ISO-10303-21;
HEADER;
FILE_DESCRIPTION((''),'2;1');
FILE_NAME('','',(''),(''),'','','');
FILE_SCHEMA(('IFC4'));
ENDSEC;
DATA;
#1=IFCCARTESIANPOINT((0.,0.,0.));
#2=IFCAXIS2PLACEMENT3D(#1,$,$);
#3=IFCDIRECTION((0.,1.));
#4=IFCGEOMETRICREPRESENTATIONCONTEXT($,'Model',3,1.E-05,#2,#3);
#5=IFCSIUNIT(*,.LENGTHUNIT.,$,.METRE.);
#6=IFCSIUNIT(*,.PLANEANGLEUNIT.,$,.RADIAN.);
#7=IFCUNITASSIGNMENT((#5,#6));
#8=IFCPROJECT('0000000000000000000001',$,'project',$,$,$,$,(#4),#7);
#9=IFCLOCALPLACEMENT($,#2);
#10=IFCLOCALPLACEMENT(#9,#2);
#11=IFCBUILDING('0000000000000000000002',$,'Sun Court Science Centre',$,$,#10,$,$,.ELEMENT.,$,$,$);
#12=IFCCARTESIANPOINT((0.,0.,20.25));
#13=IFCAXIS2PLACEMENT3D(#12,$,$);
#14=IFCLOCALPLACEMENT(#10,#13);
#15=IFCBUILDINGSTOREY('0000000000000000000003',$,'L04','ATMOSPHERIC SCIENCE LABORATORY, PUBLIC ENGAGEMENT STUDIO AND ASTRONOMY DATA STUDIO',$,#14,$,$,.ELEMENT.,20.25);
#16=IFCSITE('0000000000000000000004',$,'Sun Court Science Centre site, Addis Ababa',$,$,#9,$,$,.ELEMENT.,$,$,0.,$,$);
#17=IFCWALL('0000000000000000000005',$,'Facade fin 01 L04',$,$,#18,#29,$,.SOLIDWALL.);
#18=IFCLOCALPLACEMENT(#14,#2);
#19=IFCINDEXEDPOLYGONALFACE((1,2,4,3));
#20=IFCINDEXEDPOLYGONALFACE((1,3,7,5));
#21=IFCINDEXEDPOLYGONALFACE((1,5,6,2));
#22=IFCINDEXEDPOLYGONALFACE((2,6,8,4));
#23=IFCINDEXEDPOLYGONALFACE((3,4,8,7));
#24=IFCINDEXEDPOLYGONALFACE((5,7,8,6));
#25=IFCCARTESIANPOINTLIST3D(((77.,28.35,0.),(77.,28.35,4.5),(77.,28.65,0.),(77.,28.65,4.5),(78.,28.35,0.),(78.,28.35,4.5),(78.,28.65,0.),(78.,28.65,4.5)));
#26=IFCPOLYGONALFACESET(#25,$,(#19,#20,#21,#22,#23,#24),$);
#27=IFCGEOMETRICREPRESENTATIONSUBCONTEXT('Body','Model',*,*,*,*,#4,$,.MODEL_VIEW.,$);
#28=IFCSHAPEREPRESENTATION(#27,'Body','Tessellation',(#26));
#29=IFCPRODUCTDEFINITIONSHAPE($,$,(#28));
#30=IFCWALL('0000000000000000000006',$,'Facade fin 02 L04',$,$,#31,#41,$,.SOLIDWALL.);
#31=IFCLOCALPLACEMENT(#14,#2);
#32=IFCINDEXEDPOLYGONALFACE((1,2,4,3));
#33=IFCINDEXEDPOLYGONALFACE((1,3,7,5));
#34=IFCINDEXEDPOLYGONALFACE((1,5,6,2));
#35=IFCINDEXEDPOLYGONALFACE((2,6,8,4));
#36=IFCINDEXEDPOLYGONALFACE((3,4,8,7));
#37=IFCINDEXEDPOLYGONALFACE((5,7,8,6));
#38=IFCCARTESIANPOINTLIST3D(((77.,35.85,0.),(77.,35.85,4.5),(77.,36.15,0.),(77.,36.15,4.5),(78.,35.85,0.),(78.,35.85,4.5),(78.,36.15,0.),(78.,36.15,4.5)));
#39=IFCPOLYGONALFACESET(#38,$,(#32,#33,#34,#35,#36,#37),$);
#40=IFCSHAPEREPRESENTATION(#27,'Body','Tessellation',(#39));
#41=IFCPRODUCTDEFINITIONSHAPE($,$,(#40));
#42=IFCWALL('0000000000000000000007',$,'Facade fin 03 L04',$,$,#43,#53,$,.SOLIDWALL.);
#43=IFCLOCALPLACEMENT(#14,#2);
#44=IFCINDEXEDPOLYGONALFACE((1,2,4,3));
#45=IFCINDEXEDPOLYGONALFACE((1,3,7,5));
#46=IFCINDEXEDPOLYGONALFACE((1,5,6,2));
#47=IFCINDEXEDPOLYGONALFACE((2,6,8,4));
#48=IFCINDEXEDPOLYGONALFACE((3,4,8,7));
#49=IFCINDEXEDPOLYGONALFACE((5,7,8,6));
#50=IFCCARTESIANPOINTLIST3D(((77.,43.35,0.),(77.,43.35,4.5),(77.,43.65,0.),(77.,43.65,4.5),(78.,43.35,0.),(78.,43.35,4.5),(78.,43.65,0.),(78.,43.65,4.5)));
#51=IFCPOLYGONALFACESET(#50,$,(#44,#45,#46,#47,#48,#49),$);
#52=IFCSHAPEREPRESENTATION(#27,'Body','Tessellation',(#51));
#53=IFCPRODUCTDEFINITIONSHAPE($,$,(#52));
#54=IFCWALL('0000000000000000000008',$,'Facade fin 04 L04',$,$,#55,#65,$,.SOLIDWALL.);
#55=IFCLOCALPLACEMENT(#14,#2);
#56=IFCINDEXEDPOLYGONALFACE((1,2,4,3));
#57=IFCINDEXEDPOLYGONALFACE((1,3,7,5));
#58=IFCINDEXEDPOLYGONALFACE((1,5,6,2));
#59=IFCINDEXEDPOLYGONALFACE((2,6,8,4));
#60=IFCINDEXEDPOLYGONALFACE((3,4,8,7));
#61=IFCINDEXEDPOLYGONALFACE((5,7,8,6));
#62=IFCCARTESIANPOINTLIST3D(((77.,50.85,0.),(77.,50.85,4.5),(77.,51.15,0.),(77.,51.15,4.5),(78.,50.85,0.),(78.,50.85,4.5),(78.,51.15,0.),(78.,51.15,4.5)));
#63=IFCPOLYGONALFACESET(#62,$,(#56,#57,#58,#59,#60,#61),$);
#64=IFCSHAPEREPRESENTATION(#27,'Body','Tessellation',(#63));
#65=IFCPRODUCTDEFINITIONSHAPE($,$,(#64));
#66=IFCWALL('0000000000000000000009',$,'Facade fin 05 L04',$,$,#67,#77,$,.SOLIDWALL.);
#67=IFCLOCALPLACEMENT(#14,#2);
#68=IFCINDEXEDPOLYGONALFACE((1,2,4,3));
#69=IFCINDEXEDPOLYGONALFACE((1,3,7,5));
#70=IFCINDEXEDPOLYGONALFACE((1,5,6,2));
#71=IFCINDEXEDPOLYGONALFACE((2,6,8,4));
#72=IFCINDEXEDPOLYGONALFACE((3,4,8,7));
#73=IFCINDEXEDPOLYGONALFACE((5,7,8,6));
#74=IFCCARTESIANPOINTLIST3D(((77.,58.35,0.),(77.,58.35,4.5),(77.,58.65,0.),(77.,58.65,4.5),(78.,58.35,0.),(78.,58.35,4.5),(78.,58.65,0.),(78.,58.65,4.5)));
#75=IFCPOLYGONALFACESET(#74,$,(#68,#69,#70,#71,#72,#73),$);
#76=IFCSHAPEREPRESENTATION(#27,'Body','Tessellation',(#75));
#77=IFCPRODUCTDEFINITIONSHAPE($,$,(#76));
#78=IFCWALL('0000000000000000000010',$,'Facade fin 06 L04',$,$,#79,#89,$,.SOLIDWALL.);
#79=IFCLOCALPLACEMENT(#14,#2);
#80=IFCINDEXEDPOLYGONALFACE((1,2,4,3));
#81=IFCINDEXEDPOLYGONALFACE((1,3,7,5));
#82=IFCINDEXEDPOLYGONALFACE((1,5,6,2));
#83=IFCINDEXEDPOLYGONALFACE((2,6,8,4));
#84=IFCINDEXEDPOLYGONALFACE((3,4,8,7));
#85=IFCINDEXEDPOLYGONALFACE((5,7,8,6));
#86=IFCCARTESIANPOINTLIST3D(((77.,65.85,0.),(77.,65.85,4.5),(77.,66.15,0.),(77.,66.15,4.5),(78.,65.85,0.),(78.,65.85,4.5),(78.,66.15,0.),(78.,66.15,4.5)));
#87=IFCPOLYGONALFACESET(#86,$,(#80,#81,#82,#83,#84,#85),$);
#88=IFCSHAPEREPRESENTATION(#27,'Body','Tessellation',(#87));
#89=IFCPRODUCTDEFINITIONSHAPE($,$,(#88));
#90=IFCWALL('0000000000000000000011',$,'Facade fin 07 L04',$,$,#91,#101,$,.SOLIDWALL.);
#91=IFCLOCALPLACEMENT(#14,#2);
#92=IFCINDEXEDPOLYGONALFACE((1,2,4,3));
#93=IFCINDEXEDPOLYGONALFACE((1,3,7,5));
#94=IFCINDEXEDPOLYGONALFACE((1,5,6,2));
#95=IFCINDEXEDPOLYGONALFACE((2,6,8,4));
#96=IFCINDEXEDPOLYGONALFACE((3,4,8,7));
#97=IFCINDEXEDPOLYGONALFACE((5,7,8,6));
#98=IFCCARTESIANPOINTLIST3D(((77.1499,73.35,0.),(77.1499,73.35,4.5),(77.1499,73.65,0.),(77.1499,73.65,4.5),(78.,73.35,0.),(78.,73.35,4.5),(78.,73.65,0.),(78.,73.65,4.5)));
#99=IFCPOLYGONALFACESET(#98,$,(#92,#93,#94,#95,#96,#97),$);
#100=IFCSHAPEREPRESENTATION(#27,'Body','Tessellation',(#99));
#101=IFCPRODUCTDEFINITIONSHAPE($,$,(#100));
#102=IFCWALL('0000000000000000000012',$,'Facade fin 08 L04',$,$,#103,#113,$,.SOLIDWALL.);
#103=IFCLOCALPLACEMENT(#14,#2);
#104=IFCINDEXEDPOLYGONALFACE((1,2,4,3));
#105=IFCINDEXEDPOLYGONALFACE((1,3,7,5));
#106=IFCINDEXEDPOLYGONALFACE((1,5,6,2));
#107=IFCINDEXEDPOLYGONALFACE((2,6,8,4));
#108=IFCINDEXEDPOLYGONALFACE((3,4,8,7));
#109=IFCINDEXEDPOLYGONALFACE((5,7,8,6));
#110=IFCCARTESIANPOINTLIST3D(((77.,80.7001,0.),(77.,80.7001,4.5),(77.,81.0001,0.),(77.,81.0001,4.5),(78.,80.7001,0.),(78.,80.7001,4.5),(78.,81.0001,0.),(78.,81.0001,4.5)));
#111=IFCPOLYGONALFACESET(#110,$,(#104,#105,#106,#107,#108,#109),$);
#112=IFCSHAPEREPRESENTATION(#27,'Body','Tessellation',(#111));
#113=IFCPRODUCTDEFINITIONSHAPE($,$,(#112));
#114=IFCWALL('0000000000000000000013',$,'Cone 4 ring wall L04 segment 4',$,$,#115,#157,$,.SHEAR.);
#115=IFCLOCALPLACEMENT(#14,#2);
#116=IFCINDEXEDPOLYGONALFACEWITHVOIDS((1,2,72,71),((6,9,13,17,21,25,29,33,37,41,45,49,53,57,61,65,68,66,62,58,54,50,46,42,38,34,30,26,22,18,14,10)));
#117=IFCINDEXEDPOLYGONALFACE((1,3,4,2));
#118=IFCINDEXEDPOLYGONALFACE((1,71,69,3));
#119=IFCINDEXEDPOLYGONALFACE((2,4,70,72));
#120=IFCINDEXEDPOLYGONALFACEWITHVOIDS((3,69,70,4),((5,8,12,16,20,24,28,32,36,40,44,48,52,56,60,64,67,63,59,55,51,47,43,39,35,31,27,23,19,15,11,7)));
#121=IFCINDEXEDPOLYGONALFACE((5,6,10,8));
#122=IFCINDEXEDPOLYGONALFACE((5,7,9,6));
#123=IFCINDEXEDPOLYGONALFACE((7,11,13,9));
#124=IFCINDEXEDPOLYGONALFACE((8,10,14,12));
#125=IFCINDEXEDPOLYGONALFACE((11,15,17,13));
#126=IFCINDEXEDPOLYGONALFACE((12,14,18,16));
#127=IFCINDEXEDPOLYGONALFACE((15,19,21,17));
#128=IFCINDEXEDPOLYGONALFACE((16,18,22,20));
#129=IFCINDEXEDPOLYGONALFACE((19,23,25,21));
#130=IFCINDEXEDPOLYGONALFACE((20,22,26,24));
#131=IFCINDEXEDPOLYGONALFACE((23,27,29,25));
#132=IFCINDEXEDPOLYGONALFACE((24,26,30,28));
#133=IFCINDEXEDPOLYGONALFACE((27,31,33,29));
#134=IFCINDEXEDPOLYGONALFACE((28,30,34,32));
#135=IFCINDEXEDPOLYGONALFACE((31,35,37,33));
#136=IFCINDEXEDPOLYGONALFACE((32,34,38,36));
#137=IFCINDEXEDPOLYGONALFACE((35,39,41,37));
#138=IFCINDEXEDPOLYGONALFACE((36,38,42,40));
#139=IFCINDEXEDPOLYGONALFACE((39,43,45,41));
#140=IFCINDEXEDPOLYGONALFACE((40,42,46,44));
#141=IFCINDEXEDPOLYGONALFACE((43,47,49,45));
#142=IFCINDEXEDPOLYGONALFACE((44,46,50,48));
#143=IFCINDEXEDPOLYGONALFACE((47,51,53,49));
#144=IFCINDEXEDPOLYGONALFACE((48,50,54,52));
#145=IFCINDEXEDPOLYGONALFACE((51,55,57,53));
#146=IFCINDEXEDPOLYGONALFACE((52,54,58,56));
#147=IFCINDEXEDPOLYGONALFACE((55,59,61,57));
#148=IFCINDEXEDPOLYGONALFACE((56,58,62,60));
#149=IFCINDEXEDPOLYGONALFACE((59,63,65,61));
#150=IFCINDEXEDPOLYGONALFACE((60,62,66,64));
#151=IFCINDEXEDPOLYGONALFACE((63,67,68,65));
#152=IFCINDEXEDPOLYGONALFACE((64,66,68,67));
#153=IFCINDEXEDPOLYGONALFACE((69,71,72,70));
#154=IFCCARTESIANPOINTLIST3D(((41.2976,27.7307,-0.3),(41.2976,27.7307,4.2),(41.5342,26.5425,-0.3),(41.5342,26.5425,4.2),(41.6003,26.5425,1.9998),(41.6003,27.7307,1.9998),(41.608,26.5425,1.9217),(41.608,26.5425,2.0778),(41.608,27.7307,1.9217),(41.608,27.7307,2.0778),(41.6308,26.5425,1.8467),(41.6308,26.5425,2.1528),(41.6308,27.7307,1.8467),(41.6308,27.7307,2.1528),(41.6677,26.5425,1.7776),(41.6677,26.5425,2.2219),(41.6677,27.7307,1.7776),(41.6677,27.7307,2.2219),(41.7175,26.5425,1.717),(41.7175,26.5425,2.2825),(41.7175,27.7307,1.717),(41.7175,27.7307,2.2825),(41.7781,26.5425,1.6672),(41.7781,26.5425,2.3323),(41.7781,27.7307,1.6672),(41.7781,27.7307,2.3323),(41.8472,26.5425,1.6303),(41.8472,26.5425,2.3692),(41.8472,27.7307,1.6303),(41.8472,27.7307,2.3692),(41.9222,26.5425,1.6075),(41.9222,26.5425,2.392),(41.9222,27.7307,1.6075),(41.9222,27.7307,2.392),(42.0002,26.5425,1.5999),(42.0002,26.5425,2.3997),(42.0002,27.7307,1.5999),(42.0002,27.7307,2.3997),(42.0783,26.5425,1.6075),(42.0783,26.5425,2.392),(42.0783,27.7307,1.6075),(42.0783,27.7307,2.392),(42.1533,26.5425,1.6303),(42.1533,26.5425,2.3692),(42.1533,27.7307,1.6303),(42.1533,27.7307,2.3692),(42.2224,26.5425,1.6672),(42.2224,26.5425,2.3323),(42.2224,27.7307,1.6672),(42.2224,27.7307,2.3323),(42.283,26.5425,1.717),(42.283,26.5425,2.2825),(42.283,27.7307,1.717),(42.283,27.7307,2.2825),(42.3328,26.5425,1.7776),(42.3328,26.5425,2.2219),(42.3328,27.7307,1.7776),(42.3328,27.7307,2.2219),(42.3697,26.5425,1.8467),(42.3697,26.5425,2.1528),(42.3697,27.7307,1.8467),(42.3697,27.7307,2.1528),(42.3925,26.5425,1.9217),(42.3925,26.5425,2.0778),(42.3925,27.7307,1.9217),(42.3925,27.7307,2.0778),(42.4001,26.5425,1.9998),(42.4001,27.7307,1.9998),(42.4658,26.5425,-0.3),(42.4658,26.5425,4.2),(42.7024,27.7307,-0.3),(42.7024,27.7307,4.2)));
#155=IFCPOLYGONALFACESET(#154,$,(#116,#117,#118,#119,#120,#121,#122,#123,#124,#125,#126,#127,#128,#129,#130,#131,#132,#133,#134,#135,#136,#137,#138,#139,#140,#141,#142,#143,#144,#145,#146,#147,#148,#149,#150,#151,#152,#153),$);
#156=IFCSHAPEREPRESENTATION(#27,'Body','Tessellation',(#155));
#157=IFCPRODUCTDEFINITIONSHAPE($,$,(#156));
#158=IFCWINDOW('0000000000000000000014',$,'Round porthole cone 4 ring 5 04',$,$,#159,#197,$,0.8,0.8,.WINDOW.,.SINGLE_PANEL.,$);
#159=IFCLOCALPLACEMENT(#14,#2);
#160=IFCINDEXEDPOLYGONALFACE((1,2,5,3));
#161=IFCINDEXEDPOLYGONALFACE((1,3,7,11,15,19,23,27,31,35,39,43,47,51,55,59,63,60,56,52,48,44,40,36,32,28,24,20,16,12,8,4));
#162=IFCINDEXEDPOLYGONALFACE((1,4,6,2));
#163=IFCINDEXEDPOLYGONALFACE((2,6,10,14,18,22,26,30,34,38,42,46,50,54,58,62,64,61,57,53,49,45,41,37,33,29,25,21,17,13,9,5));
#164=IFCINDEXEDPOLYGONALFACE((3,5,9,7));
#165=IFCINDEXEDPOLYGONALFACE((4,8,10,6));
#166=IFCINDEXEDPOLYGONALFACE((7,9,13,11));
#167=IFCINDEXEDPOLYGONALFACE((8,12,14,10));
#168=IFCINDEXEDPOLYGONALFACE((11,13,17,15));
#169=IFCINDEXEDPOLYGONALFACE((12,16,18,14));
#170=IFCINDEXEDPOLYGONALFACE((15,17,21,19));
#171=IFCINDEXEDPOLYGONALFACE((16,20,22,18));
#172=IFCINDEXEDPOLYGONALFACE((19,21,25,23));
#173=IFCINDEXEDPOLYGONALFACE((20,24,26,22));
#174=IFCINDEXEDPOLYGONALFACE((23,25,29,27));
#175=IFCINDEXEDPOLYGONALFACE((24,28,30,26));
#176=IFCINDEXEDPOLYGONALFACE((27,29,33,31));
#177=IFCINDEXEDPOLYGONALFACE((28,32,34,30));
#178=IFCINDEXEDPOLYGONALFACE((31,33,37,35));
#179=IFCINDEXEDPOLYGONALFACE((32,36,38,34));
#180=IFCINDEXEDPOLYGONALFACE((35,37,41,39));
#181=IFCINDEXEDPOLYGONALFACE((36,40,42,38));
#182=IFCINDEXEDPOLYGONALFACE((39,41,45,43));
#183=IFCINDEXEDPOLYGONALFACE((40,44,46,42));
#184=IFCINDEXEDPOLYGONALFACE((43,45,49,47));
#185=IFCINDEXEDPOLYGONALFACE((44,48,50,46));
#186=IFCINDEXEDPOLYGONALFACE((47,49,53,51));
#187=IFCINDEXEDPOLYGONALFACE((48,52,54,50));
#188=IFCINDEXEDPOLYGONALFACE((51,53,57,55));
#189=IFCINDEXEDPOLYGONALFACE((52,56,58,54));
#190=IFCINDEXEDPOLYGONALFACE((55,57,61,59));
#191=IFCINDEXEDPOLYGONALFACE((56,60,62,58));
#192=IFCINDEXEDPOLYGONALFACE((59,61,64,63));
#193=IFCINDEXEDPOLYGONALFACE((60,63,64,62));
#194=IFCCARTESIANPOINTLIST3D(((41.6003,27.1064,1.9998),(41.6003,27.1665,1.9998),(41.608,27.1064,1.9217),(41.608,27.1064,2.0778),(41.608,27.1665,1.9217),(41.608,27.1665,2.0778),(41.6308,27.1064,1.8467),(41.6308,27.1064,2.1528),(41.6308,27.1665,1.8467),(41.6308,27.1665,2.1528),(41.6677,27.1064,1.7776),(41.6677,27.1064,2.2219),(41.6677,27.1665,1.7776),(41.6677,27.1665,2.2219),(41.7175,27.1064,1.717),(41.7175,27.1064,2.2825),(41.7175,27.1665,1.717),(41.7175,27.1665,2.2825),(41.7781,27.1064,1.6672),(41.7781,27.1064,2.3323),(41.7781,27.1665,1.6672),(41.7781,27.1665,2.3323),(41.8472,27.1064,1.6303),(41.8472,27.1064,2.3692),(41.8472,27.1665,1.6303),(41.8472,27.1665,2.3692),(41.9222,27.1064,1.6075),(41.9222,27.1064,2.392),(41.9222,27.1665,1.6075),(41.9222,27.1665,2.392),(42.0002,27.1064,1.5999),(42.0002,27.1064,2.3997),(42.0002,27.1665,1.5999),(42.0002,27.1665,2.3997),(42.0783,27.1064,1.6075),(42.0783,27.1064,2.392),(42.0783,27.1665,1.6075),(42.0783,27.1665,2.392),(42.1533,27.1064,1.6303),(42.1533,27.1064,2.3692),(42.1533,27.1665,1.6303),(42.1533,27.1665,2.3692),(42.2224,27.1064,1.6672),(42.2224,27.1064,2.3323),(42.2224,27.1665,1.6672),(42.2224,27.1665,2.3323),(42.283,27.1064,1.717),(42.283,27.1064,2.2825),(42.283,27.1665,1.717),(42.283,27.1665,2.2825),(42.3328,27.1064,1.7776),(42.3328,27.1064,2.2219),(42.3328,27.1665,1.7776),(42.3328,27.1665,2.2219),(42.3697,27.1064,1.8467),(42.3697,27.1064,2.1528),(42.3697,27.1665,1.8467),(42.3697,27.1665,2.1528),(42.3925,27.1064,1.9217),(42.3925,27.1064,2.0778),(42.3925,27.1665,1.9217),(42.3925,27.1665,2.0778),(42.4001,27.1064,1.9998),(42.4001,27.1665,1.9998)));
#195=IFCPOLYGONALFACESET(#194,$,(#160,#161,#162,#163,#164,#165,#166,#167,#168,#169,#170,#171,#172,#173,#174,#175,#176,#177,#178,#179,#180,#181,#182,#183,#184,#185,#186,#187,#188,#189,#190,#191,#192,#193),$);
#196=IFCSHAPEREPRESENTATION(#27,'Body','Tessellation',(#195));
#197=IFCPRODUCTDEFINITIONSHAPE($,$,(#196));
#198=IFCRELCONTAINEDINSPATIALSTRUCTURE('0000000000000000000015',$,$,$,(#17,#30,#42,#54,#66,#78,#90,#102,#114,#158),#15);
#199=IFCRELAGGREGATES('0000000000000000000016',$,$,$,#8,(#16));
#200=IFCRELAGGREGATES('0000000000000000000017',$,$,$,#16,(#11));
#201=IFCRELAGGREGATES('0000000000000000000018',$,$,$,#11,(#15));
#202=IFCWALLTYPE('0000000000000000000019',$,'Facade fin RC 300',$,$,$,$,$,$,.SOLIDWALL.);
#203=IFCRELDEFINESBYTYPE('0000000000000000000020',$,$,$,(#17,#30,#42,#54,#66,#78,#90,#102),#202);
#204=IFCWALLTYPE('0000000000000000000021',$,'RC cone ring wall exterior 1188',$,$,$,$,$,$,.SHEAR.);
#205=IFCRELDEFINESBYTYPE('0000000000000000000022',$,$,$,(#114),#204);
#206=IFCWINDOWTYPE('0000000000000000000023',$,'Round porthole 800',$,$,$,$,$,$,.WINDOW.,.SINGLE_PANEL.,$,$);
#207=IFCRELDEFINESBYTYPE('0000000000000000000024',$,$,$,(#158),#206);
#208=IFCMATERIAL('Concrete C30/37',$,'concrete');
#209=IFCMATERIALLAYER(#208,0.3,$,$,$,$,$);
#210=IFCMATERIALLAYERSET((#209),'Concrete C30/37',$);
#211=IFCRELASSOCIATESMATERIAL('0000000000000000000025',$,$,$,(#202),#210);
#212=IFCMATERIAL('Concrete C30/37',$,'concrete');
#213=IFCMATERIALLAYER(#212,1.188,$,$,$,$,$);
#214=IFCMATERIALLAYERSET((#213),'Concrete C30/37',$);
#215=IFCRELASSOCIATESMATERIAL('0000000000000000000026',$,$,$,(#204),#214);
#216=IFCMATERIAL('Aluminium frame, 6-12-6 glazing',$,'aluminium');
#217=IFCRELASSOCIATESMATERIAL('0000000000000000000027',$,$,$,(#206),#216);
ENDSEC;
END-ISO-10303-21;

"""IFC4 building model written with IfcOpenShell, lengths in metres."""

from ifc_helpers import new_model, si_unit, direction, frame, frame_2d, origin, place, context, subcontext, project, spatial, polyline, rectangle, circle, outline, extrude, material, layer, layer_set, type_object, element, fill, save


model = new_model("IFC4")

# Units and contexts
model_context = context("Model", 3, precision=1e-05, world=origin(), true_north=direction((0.0, 1.0)))
body_context = subcontext(model_context, "Body", "Model", "MODEL_VIEW")
ifc_project = project(units=[si_unit("LENGTHUNIT", "METRE"), si_unit("PLANEANGLEUNIT", "RADIAN")], contexts=[model_context])

# Site, building, storey
site_placement = place(None, origin())
site = spatial("IfcSite", under=ifc_project, at=site_placement, Name="Sun Court Science Centre site, Addis Ababa", CompositionType="ELEMENT", RefElevation=0.0)
building_placement = place(site_placement, origin())
building = spatial("IfcBuilding", under=site, at=building_placement, Name="Sun Court Science Centre", CompositionType="ELEMENT")
storey_placement = place(building_placement, frame((0.0, 0.0, 20.25)))
storey = spatial("IfcBuildingStorey", under=building, at=storey_placement, Name="L04", Description="ATMOSPHERIC SCIENCE LABORATORY, PUBLIC ENGAGEMENT STUDIO AND ASTRONOMY DATA STUDIO", CompositionType="ELEMENT", Elevation=20.25)

# Walls
ifc_material_1 = material(Name="Concrete C30/37", Category="concrete")
ifc_layer_1 = layer(ifc_material_1, 0.3)
ifc_layer_set_1 = layer_set([ifc_layer_1], Name="Concrete C30/37")
wall_type_1 = type_object("IfcWallType", Name="Facade fin RC 300", PredefinedType="SOLIDWALL", material=ifc_layer_set_1)
for number, where, z_axis, x_axis, name in (
    (1, (77.0, 28.5, 0.0), (0.0, 0.0, 1.0), (1.0, 0.0, 0.0), "Facade fin 01 L04"),
    (2, (77.0, 36.0, 0.0), (0.0, 0.0, 1.0), (1.0, 0.0, 0.0), "Facade fin 02 L04"),
    (3, (77.0, 43.5, 0.0), (0.0, 0.0, 1.0), (1.0, 0.0, 0.0), "Facade fin 03 L04"),
    (4, (77.0, 51.0, 0.0), (0.0, 0.0, 1.0), (1.0, 0.0, 0.0), "Facade fin 04 L04"),
    (5, (77.0, 58.5, 0.0), (0.0, 0.0, 1.0), (1.0, 0.0, 0.0), "Facade fin 05 L04"),
    (6, (77.0, 66.0, 0.0), (0.0, 0.0, 1.0), (1.0, 0.0, 0.0), "Facade fin 06 L04"),
):
    element("IfcWall", number, at=place(storey_placement, frame(where, z_axis=z_axis, x_axis=x_axis)), inside=storey, type_object=wall_type_1, Name=name, PredefinedType="SOLIDWALL", context=body_context, shape_type="SweptSolid", body=[
        extrude(rectangle(XDim=1.0, YDim=0.3, at=frame_2d((0.5, 0.0))), origin(), (0.0, 0.0, 1.0), 4.5),
    ])
wall_1_placement = place(storey_placement, frame((77.1499, 73.5, 0.0), z_axis=(0.0, 0.0, 1.0), x_axis=(1.0, 0.0, 0.0)))
element("IfcWall", 7, at=wall_1_placement, inside=storey, type_object=wall_type_1, Name="Facade fin 07 L04", PredefinedType="SOLIDWALL", context=body_context, shape_type="SweptSolid", body=[
    extrude(rectangle(XDim=0.8501, YDim=0.3, at=frame_2d((0.425, 0.0))), origin(), (0.0, 0.0, 1.0), 4.5),
])
wall_2_placement = place(storey_placement, frame((77.0, 80.8501, 0.0), z_axis=(0.0, 0.0, 1.0), x_axis=(1.0, 0.0, 0.0)))
element("IfcWall", 8, at=wall_2_placement, inside=storey, type_object=wall_type_1, Name="Facade fin 08 L04", PredefinedType="SOLIDWALL", context=body_context, shape_type="SweptSolid", body=[
    extrude(rectangle(XDim=1.0, YDim=0.3, at=frame_2d((0.5, 0.0))), origin(), (0.0, 0.0, 1.0), 4.5),
])

# Wall, opening, window
ifc_material_2 = material(Name="Concrete C30/37", Category="concrete")
ifc_layer_2 = layer(ifc_material_2, 1.188)
ifc_layer_set_2 = layer_set([ifc_layer_2], Name="Concrete C30/37")
wall_type_2 = type_object("IfcWallType", Name="RC cone ring wall exterior 1188", PredefinedType="SHEAR", material=ifc_layer_set_2)
wall_3_placement = place(storey_placement, frame((42.7024, 27.1365, -0.3), z_axis=(0.0, 0.0, 1.0), x_axis=(-1.0, 0.0, 0.0)))
wall_3 = element("IfcWall", 9, at=wall_3_placement, inside=storey, type_object=wall_type_2, Name="Cone 4 ring wall L04 segment 4", PredefinedType="SHEAR", context=body_context, shape_type="SweptSolid", body=[
    extrude(outline(polyline([(0.0, -0.5942), (1.4048, -0.5942), (1.1682, 0.594), (0.2366, 0.594), (0.0, -0.5942)])), origin(), (0.0, 0.0, 1.0), 4.5),
])
opening_1_placement = place(wall_3_placement, frame((0.3022, 0.0, 1.8999)))
opening_1 = element("IfcOpeningElement", 10, at=opening_1_placement, cuts=wall_3, PredefinedType="OPENING", context=body_context, shape_type="SweptSolid", body=[
    extrude(circle(Radius=0.3999, at=frame_2d((0.3999, 0.3999))), frame((0.0, 0.6042, 0.0), z_axis=(0.0, -1.0, 0.0), x_axis=(1.0, 0.0, 0.0)), (0.0, 0.0, 1.0), 1.2085),
])
ifc_material_3 = material(Name="Aluminium frame, 6-12-6 glazing", Category="aluminium")
window_type = type_object("IfcWindowType", Name="Round porthole 800", PartitioningType="SINGLE_PANEL", PredefinedType="WINDOW", material=ifc_material_3)
window_1_placement = place(opening_1_placement, origin())
window_1 = element("IfcWindow", 11, at=window_1_placement, inside=storey, type_object=window_type, Name="Round porthole cone 4 ring 5 04", OverallHeight=0.8, OverallWidth=0.8, PartitioningType="SINGLE_PANEL", PredefinedType="WINDOW", context=body_context, shape_type="SweptSolid", body=[
    extrude(circle(Radius=0.3999, at=frame_2d((0.3999, 0.3999))), frame((0.0, 0.03, 0.0), z_axis=(0.0, -1.0, 0.0), x_axis=(1.0, 0.0, 0.0)), (0.0, 0.0, 1.0), 0.0601),
])
fill(opening_1, window_1)

save(model, "model.ifc")
